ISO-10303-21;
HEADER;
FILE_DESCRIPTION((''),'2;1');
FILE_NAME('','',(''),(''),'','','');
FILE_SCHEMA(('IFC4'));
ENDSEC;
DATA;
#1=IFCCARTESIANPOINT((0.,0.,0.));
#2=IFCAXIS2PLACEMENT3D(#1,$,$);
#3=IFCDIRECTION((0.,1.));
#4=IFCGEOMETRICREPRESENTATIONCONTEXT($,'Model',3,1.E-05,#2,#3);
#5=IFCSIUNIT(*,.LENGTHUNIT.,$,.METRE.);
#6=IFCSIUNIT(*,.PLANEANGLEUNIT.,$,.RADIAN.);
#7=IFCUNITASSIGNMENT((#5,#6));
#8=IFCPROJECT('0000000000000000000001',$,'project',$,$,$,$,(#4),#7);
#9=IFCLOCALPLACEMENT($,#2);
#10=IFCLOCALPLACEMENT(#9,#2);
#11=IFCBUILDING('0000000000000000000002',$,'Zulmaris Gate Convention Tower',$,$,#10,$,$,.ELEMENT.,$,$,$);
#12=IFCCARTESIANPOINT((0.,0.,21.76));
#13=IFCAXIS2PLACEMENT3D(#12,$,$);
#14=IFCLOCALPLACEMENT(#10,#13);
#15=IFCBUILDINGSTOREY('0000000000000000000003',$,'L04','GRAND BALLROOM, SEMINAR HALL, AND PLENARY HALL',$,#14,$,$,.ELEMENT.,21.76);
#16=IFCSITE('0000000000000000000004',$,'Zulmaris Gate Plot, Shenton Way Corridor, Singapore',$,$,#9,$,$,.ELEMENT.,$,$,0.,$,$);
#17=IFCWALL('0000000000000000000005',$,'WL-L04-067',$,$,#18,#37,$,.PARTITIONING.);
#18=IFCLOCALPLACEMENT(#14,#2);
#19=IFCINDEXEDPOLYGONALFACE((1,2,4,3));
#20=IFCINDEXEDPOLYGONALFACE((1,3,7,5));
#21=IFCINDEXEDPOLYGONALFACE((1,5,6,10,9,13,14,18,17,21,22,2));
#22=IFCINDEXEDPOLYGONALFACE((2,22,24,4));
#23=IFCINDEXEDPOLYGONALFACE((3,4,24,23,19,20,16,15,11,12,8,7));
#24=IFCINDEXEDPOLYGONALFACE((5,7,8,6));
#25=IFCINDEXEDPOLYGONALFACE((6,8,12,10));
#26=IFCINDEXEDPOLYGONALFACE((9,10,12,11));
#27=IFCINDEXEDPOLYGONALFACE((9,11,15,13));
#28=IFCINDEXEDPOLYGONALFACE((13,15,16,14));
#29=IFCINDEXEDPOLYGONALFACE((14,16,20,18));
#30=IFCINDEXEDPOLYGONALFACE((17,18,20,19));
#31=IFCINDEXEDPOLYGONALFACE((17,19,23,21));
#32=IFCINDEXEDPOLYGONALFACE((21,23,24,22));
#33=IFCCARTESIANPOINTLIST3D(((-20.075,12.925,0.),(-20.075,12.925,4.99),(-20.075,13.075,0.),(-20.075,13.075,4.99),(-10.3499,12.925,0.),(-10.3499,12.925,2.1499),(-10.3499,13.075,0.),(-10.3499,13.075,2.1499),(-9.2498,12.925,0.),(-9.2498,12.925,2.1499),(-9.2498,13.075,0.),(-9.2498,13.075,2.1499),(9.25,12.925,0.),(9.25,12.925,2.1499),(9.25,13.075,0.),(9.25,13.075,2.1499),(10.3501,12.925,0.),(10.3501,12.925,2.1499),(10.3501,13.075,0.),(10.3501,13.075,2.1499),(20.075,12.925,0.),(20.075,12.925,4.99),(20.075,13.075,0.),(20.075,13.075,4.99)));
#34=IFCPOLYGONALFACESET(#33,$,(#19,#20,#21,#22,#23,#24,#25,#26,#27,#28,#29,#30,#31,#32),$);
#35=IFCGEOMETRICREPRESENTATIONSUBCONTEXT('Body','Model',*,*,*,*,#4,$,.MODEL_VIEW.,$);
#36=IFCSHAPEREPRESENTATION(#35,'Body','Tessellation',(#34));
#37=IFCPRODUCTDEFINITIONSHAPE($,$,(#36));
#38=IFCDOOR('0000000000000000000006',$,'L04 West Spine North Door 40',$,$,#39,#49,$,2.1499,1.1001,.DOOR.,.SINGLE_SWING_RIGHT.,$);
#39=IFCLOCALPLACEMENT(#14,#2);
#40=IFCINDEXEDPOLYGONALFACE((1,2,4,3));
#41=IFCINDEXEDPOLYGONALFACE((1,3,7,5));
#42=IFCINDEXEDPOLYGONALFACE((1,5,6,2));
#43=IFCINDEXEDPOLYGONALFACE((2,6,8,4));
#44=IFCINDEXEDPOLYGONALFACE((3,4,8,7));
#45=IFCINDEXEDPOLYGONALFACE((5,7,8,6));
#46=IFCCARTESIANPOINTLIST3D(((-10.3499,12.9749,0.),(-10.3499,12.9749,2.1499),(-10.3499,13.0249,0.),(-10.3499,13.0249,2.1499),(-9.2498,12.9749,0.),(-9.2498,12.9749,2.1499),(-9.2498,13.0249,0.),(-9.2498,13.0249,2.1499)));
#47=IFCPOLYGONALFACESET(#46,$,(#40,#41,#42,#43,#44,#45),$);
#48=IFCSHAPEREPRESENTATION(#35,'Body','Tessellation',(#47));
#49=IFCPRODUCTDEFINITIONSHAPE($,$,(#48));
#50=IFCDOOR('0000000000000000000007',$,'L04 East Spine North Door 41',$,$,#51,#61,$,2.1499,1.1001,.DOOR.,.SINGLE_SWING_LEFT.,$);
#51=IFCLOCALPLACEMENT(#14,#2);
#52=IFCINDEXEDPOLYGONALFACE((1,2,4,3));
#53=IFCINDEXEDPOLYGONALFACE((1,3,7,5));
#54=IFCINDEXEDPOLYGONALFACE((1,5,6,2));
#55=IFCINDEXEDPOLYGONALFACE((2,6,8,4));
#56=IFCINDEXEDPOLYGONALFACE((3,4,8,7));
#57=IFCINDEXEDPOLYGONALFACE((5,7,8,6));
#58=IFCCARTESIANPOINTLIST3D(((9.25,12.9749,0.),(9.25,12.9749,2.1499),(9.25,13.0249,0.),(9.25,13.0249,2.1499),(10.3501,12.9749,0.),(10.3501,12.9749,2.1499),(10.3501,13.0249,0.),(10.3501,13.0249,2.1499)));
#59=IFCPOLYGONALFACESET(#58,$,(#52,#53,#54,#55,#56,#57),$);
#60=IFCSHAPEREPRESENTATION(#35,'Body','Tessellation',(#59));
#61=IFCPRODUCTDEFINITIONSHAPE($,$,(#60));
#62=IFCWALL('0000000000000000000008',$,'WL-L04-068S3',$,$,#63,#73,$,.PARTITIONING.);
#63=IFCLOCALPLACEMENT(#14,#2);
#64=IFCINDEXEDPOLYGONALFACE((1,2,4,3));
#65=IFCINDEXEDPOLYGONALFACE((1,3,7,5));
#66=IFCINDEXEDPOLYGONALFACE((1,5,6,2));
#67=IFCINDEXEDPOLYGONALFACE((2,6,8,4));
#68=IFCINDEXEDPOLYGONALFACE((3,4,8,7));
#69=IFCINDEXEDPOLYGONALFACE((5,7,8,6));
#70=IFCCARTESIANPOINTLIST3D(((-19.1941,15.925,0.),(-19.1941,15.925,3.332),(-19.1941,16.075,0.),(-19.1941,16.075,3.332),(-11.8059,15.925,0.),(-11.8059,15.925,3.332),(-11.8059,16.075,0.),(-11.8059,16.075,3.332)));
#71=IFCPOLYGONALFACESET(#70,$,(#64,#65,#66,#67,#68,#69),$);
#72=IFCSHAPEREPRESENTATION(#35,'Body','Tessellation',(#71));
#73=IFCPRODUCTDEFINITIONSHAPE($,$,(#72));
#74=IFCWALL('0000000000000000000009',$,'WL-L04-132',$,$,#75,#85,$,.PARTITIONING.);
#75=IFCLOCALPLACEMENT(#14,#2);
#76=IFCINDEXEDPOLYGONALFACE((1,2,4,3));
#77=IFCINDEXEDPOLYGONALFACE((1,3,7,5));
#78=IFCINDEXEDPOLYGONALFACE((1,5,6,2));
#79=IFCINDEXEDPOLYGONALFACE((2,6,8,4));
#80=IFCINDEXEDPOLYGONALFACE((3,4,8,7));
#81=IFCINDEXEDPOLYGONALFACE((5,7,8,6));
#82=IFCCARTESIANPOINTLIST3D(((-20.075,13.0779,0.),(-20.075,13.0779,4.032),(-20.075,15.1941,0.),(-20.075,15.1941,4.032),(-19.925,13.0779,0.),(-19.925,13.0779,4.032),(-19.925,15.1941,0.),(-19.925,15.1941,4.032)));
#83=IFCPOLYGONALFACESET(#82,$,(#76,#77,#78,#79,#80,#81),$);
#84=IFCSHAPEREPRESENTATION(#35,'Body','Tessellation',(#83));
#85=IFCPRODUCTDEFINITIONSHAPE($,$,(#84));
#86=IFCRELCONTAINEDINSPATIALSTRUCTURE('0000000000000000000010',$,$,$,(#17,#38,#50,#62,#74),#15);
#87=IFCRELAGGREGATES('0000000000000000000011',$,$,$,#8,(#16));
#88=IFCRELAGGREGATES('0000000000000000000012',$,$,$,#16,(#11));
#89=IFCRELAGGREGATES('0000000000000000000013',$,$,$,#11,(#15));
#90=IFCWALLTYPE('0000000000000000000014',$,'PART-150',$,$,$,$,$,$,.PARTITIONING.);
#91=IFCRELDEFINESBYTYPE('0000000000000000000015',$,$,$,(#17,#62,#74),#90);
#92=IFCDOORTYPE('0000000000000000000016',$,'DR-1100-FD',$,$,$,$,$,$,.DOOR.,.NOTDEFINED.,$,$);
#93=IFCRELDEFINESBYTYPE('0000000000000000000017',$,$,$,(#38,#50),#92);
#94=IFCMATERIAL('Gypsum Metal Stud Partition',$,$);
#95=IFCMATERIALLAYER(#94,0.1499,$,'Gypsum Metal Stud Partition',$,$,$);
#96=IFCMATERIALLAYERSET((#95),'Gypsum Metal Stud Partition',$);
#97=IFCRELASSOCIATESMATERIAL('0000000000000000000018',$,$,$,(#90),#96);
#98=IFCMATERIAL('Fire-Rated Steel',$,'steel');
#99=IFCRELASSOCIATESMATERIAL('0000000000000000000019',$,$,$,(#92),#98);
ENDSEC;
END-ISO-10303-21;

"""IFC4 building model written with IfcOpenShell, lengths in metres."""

from ifc_helpers import new_model, si_unit, direction, frame, frame_2d, origin, place, context, subcontext, project, spatial, rectangle, extrude, material, layer, layer_set, type_object, element, fill, save


model = new_model("IFC4")

# Units and contexts
model_context = context("Model", 3, precision=1e-05, world=origin(), true_north=direction((0.0, 1.0)))
body_context = subcontext(model_context, "Body", "Model", "MODEL_VIEW")
ifc_project = project(units=[si_unit("LENGTHUNIT", "METRE"), si_unit("PLANEANGLEUNIT", "RADIAN")], contexts=[model_context])

# Site, building, storey
site_placement = place(None, origin())
site = spatial("IfcSite", under=ifc_project, at=site_placement, Name="Zulmaris Gate Plot, Shenton Way Corridor, Singapore", CompositionType="ELEMENT", RefElevation=0.0)
building_placement = place(site_placement, origin())
building = spatial("IfcBuilding", under=site, at=building_placement, Name="Zulmaris Gate Convention Tower", CompositionType="ELEMENT")
storey_placement = place(building_placement, frame((0.0, 0.0, 21.76)))
storey = spatial("IfcBuildingStorey", under=building, at=storey_placement, Name="L04", Description="GRAND BALLROOM, SEMINAR HALL, AND PLENARY HALL", CompositionType="ELEMENT", Elevation=21.76)

# Shared definitions
ifc_material_1 = material(Name="Fire-Rated Steel", Category="steel")

# Wall, openings, doors
ifc_material_2 = material(Name="Gypsum Metal Stud Partition")
ifc_layer_1 = layer(ifc_material_2, 0.1499, Name="Gypsum Metal Stud Partition")
ifc_layer_set_1 = layer_set([ifc_layer_1], Name="Gypsum Metal Stud Partition")
wall_type_1 = type_object("IfcWallType", Name="PART-150", PredefinedType="PARTITIONING", material=ifc_layer_set_1)
wall_1_placement = place(storey_placement, frame((-20.075, 13.0, 0.0), z_axis=(0.0, 0.0, 1.0), x_axis=(1.0, 0.0, 0.0)))
wall_1 = element("IfcWall", 1, at=wall_1_placement, inside=storey, type_object=wall_type_1, Name="WL-L04-067", PredefinedType="PARTITIONING", context=body_context, shape_type="SweptSolid", body=[
    extrude(rectangle(XDim=40.1499, YDim=0.1499, at=frame_2d((20.075, 0.0))), origin(), (0.0, 0.0, 1.0), 4.99),
])
opening_1_placement = place(wall_1_placement, frame((9.7251, 0.0, 0.0)))
opening_1 = element("IfcOpeningElement", 2, at=opening_1_placement, cuts=wall_1, PredefinedType="OPENING", context=body_context, shape_type="SweptSolid", body=[
    extrude(rectangle(XDim=1.1001, YDim=2.1499, at=frame_2d((0.55, 1.075))), frame((0.0, 0.085, 0.0), z_axis=(0.0, -1.0, 0.0), x_axis=(1.0, 0.0, 0.0)), (0.0, 0.0, 1.0), 0.1699),
])
opening_2_placement = place(wall_1_placement, frame((29.325, 0.0, 0.0)))
opening_2 = element("IfcOpeningElement", 3, at=opening_2_placement, cuts=wall_1, PredefinedType="OPENING", context=body_context, shape_type="SweptSolid", body=[
    extrude(rectangle(XDim=1.1001, YDim=2.1499, at=frame_2d((0.55, 1.075))), frame((0.0, 0.085, 0.0), z_axis=(0.0, -1.0, 0.0), x_axis=(1.0, 0.0, 0.0)), (0.0, 0.0, 1.0), 0.1699),
])
door_type_1 = type_object("IfcDoorType", Name="DR-1100-FD", OperationType="NOTDEFINED", PredefinedType="DOOR", material=ifc_material_1)
door_1_placement = place(opening_1_placement, origin())
door_1 = element("IfcDoor", 4, at=door_1_placement, inside=storey, type_object=door_type_1, Name="L04 West Spine North Door 40", OperationType="SINGLE_SWING_RIGHT", OverallHeight=2.1499, OverallWidth=1.1001, PredefinedType="DOOR", context=body_context, shape_type="SweptSolid", body=[
    extrude(rectangle(XDim=1.1001, YDim=2.1499, at=frame_2d((0.55, 1.075))), frame((0.0, 0.0249, 0.0), z_axis=(0.0, -1.0, 0.0), x_axis=(1.0, 0.0, 0.0)), (0.0, 0.0, 1.0), 0.05),
])
fill(opening_1, door_1)
door_2_placement = place(opening_2_placement, origin())
door_2 = element("IfcDoor", 5, at=door_2_placement, inside=storey, type_object=door_type_1, Name="L04 East Spine North Door 41", OperationType="SINGLE_SWING_LEFT", OverallHeight=2.1499, OverallWidth=1.1001, PredefinedType="DOOR", context=body_context, shape_type="SweptSolid", body=[
    extrude(rectangle(XDim=1.1001, YDim=2.1499, at=frame_2d((0.55, 1.075))), frame((0.0, 0.0249, 0.0), z_axis=(0.0, -1.0, 0.0), x_axis=(1.0, 0.0, 0.0)), (0.0, 0.0, 1.0), 0.05),
])
fill(opening_2, door_2)

# Wall
wall_2_placement = place(storey_placement, frame((-19.1941, 16.0, 0.0), z_axis=(0.0, 0.0, 1.0), x_axis=(1.0, 0.0, 0.0)))
element("IfcWall", 6, at=wall_2_placement, inside=storey, type_object=wall_type_1, Name="WL-L04-068S3", PredefinedType="PARTITIONING", context=body_context, shape_type="SweptSolid", body=[
    extrude(rectangle(XDim=7.3882, YDim=0.1499, at=frame_2d((3.6941, 0.0))), origin(), (0.0, 0.0, 1.0), 3.332),
])

# Wall
wall_3_placement = place(storey_placement, frame((-20.0, 13.0779, 0.0), z_axis=(0.0, 0.0, 1.0), x_axis=(0.0, 1.0, 0.0)))
element("IfcWall", 7, at=wall_3_placement, inside=storey, type_object=wall_type_1, Name="WL-L04-132", PredefinedType="PARTITIONING", context=body_context, shape_type="SweptSolid", body=[
    extrude(rectangle(XDim=2.1162, YDim=0.1499, at=frame_2d((1.0581, 0.0))), origin(), (0.0, 0.0, 1.0), 4.032),
])

save(model, "model.ifc")
